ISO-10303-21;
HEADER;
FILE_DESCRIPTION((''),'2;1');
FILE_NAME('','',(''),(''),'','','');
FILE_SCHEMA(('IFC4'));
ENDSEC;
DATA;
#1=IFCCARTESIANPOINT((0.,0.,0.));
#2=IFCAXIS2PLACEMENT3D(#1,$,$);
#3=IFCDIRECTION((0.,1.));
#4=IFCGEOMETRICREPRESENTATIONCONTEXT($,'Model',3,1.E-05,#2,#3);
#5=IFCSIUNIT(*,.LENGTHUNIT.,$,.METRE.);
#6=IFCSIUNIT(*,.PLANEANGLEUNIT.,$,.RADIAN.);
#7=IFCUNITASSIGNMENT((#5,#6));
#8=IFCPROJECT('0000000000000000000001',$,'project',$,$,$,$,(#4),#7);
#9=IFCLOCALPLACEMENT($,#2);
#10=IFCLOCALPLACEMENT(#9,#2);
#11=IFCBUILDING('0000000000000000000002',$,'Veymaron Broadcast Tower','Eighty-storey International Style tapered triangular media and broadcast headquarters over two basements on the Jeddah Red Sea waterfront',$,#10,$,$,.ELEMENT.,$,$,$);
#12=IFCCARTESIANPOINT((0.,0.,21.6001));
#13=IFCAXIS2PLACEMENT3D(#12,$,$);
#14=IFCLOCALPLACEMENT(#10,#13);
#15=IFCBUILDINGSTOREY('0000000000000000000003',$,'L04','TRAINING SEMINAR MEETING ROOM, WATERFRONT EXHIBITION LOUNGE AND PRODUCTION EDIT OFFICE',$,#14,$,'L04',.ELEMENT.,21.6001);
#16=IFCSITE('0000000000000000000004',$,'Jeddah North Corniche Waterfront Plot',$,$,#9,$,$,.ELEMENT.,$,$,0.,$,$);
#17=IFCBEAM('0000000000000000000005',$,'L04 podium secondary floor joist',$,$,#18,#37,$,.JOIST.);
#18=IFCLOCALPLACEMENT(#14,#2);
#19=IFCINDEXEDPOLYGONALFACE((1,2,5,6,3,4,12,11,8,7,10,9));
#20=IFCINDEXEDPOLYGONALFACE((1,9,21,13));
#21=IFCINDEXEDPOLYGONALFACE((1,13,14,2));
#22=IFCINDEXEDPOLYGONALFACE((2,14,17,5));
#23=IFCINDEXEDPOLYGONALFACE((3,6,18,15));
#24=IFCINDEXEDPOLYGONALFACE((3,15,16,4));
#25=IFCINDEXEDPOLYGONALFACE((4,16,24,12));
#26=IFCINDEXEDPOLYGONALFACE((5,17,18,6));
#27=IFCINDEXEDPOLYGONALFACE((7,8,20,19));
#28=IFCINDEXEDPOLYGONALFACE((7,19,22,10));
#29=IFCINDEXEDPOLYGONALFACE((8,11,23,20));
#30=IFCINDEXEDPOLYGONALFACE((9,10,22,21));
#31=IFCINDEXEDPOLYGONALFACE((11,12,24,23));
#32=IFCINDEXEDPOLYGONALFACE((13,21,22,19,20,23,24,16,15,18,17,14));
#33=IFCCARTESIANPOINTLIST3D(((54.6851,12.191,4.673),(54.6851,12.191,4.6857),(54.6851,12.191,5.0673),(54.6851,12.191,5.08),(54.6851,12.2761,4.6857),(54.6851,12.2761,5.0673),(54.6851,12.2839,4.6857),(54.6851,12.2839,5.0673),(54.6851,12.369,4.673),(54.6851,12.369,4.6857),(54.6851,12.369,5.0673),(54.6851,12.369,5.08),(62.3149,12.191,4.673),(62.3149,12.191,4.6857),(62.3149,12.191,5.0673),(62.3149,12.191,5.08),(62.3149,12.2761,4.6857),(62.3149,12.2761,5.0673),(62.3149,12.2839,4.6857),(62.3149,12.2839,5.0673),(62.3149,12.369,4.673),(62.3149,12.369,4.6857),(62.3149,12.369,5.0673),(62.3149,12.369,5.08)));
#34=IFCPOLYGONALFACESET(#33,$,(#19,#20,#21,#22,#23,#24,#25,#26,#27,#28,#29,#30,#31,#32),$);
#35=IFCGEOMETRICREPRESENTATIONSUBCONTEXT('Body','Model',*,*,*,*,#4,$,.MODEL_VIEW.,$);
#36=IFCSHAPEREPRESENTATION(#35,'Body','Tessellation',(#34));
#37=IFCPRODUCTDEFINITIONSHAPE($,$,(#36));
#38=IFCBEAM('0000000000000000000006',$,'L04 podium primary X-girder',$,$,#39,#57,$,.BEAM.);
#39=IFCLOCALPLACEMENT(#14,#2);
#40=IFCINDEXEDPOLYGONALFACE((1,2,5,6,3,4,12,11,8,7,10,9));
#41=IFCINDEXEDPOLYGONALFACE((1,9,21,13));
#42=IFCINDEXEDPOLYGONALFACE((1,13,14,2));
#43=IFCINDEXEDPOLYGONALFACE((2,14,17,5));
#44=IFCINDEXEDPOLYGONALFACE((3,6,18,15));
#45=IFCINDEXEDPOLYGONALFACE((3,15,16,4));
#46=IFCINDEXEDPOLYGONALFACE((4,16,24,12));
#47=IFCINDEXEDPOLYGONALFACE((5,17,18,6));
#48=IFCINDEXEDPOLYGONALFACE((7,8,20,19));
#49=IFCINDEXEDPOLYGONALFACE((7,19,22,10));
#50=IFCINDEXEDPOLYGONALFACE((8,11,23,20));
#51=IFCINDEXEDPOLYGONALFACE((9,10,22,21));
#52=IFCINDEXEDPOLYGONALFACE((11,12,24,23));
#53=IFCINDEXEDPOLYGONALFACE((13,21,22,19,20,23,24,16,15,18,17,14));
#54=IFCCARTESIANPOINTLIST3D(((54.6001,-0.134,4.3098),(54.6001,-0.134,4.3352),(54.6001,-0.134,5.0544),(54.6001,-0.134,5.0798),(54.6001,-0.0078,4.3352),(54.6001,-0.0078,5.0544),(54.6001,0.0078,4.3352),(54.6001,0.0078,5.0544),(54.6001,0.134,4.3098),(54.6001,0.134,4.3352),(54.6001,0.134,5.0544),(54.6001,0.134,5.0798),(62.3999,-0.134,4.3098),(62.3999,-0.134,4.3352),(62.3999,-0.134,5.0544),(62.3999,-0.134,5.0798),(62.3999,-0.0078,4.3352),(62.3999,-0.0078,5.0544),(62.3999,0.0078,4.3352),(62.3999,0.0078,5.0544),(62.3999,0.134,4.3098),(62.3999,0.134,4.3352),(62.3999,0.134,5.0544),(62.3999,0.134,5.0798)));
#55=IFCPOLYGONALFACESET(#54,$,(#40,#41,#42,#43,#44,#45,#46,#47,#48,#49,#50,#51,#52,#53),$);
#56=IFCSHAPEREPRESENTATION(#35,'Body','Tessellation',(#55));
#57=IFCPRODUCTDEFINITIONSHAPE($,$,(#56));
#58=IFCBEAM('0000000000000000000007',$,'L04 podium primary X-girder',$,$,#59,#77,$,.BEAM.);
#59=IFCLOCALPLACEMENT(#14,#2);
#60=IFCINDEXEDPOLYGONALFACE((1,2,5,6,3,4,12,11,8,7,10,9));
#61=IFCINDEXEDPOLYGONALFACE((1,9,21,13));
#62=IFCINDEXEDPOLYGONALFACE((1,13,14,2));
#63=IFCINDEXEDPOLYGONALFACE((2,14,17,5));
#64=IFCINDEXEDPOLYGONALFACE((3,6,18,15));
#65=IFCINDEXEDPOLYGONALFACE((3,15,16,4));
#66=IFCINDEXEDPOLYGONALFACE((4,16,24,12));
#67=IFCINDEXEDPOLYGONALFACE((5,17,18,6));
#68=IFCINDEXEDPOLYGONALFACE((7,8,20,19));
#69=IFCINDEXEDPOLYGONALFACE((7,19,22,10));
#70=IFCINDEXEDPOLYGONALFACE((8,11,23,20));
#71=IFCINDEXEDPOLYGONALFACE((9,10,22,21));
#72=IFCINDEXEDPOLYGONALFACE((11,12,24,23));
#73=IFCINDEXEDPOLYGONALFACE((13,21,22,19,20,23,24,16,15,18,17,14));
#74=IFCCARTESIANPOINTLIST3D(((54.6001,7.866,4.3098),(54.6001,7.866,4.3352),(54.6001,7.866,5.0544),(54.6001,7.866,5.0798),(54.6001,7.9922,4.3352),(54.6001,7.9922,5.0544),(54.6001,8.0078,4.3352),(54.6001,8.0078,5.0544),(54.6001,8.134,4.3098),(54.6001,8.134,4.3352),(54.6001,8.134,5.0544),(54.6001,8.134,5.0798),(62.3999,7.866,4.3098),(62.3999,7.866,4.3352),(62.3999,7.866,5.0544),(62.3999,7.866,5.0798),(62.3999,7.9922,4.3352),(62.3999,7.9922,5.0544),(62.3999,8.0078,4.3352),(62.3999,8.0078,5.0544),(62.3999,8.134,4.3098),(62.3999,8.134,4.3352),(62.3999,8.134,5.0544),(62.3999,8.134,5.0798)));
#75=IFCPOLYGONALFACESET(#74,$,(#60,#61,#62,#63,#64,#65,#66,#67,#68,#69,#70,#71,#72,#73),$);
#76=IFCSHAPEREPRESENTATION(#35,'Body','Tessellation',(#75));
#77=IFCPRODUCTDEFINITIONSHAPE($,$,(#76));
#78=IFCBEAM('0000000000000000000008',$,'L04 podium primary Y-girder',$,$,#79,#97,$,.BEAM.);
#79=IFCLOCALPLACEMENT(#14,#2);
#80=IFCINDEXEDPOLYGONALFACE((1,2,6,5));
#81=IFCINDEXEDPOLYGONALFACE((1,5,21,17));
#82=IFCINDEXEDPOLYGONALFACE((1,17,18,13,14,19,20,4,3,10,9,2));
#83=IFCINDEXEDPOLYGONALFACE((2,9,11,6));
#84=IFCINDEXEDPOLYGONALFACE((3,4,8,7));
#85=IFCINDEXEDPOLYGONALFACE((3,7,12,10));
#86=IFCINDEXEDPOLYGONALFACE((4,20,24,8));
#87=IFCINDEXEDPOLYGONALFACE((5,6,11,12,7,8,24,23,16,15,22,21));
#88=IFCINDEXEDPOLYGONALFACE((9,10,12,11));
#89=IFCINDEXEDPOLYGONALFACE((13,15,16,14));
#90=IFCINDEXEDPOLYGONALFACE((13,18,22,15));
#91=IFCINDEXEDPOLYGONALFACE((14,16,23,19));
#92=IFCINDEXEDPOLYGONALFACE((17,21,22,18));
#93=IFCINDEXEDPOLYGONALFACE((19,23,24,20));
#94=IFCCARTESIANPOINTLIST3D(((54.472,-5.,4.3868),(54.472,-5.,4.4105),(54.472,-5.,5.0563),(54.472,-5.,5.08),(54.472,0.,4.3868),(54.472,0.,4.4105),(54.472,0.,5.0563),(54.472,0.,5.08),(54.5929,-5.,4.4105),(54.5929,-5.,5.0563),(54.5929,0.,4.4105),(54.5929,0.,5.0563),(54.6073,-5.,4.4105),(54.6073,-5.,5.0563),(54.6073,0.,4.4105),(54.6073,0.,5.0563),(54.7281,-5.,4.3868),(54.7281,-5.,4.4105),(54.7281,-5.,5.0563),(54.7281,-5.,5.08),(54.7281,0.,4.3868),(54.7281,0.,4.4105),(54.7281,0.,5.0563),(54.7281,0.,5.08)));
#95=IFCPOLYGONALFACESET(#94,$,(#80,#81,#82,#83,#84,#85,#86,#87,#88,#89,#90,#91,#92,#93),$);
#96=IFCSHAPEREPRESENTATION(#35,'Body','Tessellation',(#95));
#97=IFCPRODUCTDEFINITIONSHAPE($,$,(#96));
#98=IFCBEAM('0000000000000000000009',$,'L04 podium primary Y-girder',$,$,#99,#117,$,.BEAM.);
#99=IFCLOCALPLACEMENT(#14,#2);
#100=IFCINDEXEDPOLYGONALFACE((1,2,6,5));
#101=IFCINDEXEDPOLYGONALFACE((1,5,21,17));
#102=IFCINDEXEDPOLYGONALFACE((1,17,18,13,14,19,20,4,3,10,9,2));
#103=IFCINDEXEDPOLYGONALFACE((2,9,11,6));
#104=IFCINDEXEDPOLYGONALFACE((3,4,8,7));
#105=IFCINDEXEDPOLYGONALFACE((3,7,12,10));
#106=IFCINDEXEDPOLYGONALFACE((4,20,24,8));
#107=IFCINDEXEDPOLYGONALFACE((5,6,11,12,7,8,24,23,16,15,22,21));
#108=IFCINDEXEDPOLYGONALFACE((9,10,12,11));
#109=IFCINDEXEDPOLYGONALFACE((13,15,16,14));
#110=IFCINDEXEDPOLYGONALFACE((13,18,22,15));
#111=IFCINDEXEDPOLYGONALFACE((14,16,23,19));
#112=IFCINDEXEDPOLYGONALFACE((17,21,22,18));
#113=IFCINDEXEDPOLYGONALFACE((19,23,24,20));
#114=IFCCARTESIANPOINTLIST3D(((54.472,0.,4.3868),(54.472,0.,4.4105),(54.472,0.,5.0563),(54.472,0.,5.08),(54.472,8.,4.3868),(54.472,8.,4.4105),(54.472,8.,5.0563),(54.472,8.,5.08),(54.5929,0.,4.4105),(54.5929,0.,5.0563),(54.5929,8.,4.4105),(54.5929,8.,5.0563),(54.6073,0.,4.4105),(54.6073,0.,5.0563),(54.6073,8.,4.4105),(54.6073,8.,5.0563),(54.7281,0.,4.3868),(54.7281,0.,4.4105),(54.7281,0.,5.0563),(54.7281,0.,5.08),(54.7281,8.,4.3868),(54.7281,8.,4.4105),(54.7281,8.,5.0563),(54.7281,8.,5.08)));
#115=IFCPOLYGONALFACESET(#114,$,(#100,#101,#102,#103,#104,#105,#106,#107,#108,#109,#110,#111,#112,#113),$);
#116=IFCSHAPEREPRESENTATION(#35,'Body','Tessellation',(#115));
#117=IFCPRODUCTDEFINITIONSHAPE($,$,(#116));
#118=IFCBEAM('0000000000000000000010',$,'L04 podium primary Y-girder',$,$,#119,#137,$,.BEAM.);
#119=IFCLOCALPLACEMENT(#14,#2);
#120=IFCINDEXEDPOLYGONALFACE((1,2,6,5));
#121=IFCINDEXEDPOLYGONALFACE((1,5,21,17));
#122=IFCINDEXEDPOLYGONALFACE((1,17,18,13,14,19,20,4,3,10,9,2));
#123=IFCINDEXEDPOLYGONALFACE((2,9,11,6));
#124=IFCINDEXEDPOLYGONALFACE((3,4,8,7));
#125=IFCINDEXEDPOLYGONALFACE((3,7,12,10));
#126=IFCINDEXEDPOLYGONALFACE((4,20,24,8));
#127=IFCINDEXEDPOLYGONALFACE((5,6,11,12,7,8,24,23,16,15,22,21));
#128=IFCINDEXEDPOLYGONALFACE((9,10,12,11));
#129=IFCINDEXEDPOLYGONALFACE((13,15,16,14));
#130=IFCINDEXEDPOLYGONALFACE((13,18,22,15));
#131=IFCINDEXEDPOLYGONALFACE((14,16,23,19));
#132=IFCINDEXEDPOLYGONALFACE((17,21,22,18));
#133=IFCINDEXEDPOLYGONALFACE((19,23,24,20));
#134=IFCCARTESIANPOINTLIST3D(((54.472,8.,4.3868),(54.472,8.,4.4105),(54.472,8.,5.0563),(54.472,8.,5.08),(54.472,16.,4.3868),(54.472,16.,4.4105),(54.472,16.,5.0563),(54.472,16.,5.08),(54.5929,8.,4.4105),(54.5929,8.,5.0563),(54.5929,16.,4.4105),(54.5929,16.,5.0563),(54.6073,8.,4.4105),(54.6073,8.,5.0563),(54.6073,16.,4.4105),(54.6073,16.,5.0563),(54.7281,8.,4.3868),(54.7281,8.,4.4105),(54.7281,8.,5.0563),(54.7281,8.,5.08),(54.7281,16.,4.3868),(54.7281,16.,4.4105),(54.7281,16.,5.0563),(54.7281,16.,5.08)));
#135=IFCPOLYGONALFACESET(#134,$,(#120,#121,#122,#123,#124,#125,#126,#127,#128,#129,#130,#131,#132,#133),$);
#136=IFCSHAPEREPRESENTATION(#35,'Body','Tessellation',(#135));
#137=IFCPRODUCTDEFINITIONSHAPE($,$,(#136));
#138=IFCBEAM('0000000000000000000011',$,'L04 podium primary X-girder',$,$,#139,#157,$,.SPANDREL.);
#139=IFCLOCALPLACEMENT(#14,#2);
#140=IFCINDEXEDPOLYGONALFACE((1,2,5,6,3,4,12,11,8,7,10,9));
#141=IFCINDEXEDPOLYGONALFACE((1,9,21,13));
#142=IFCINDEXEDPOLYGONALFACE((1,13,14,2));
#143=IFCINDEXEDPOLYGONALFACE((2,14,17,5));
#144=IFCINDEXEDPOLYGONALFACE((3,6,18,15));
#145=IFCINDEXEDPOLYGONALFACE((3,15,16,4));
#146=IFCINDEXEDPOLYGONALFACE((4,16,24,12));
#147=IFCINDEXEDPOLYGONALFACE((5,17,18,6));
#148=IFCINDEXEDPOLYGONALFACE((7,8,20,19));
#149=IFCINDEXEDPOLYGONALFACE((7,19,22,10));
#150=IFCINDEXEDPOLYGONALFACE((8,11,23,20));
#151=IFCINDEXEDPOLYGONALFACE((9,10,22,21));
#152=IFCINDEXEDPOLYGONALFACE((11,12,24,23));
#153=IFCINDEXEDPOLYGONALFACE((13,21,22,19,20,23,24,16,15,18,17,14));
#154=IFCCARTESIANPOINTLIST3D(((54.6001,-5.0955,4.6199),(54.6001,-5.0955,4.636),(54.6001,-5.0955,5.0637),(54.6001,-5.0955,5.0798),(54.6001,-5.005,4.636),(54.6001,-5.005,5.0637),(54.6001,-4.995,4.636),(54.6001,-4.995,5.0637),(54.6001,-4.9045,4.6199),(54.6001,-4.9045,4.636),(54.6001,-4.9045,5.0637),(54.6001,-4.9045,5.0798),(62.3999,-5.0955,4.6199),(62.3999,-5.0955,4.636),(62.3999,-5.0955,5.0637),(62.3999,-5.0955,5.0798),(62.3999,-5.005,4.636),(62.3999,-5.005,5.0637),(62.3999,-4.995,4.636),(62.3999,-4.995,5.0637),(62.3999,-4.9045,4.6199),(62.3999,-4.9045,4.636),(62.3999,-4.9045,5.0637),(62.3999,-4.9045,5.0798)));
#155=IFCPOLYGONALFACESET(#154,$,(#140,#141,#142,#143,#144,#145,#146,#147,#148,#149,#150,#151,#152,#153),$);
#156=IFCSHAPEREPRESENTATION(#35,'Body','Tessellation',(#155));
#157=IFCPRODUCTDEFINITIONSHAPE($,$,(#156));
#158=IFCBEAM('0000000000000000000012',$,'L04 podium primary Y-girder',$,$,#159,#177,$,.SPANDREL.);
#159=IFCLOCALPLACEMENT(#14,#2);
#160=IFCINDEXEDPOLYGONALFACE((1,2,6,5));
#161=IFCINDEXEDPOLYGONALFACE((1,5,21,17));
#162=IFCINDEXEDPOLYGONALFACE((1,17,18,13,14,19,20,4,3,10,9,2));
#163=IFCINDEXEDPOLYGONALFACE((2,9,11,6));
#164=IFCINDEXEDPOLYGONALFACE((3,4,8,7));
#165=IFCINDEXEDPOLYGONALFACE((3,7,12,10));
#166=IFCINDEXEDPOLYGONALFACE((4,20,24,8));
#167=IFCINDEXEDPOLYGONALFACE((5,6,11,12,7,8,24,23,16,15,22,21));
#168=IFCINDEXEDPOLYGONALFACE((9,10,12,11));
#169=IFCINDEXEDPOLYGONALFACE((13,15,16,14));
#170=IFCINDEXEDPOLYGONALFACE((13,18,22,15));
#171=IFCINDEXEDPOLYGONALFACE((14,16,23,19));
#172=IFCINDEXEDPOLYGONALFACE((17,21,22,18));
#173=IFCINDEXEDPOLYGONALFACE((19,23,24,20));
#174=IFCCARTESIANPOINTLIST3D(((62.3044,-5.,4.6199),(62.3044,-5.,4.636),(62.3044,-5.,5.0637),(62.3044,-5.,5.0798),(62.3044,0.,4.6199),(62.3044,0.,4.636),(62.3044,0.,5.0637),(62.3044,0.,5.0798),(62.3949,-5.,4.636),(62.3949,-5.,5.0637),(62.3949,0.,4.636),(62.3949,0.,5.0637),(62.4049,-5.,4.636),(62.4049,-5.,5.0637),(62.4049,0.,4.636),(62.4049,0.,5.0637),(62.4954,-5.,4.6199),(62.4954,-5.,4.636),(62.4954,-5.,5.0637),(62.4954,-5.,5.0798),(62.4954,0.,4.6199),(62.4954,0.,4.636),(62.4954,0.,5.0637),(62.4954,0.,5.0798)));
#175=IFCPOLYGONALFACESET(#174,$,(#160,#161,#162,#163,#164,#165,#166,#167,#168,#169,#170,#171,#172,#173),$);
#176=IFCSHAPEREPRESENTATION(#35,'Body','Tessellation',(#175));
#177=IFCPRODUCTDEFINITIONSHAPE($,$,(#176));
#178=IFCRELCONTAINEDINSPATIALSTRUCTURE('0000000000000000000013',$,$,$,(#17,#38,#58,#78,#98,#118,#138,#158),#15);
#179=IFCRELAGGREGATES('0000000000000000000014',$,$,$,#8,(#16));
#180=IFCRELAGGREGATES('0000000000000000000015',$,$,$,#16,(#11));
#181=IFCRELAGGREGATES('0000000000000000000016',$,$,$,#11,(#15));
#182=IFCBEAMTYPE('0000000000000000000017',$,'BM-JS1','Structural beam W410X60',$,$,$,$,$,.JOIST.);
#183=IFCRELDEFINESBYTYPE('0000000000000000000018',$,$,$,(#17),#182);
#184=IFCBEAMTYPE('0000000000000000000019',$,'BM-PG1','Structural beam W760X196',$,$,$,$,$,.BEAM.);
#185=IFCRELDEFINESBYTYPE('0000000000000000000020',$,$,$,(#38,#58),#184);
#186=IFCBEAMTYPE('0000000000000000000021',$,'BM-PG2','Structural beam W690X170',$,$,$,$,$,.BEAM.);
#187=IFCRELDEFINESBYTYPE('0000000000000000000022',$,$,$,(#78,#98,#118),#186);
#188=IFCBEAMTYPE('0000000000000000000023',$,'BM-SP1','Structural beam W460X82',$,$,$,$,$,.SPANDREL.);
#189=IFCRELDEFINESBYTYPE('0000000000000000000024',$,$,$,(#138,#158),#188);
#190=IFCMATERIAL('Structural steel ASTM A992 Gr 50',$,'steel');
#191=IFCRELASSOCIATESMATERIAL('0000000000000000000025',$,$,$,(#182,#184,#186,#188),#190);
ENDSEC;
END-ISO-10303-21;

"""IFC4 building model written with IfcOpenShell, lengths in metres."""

from ifc_helpers import new_model, si_unit, direction, frame, origin, origin_2d, place, context, subcontext, project, spatial, i_section, extrude, material, material_profile, profile_set, type_object, element, save


model = new_model("IFC4")

# Units and contexts
model_context = context("Model", 3, precision=1e-05, world=origin(), true_north=direction((0.0, 1.0)))
body_context = subcontext(model_context, "Body", "Model", "MODEL_VIEW")
ifc_project = project(units=[si_unit("LENGTHUNIT", "METRE"), si_unit("PLANEANGLEUNIT", "RADIAN")], contexts=[model_context])

# Site, building, storey
site_placement = place(None, origin())
site = spatial("IfcSite", under=ifc_project, at=site_placement, Name="Jeddah North Corniche Waterfront Plot", CompositionType="ELEMENT", RefElevation=0.0)
building_placement = place(site_placement, origin())
building = spatial("IfcBuilding", under=site, at=building_placement, Name="Veymaron Broadcast Tower", Description="Eighty-storey International Style tapered triangular media and broadcast headquarters over two basements on the Jeddah Red Sea waterfront", CompositionType="ELEMENT")
storey_placement = place(building_placement, frame((0.0, 0.0, 21.6001)))
storey = spatial("IfcBuildingStorey", under=building, at=storey_placement, Name="L04", Description="TRAINING SEMINAR MEETING ROOM, WATERFRONT EXHIBITION LOUNGE AND PRODUCTION EDIT OFFICE", LongName="L04", CompositionType="ELEMENT", Elevation=21.6001)

# Beams
ifc_material_1 = material(Name="Structural steel ASTM A992 Gr 50", Category="steel")
ifc_material_profile_1 = material_profile(ifc_material_1, i_section(OverallWidth=0.178, OverallDepth=0.407, WebThickness=0.0078, FlangeThickness=0.0127, at=origin_2d()), Name="W410X60")
ifc_profile_set_1 = profile_set([ifc_material_profile_1], Name="Structural steel ASTM A992 Gr 50")
beam_type_1 = type_object("IfcBeamType", Name="BM-JS1", Description="Structural beam W410X60", PredefinedType="JOIST", material=ifc_profile_set_1)
for number, where, z_axis, x_axis, name in (
    (1, (54.6851, 12.28, 4.8765), (1.0, 0.0, 0.0), (0.0, 1.0, 0.0), "L04 podium secondary floor joist"),
):
    element("IfcBeam", number, at=place(storey_placement, frame(where, z_axis=z_axis, x_axis=x_axis)), inside=storey, type_object=beam_type_1, Name=name, PredefinedType="JOIST", context=body_context, shape_type="SweptSolid", body=[
        extrude(i_section(OverallWidth=0.178, OverallDepth=0.407, WebThickness=0.0078, FlangeThickness=0.0127, at=origin_2d()), origin(), (0.0, 0.0, 1.0), 7.6299),
    ])
ifc_material_profile_2 = material_profile(ifc_material_1, i_section(OverallWidth=0.2681, OverallDepth=0.77, WebThickness=0.0156, FlangeThickness=0.0254, at=origin_2d()), Name="W760X196")
ifc_profile_set_2 = profile_set([ifc_material_profile_2], Name="Structural steel ASTM A992 Gr 50")
beam_type_2 = type_object("IfcBeamType", Name="BM-PG1", Description="Structural beam W760X196", PredefinedType="BEAM", material=ifc_profile_set_2)
for number, where, z_axis, x_axis, name in (
    (2, (54.6001, 0.0, 4.6948), (1.0, 0.0, 0.0), (0.0, 1.0, 0.0), "L04 podium primary X-girder"),
    (3, (54.6001, 8.0, 4.6948), (1.0, 0.0, 0.0), (0.0, 1.0, 0.0), "L04 podium primary X-girder"),
):
    element("IfcBeam", number, at=place(storey_placement, frame(where, z_axis=z_axis, x_axis=x_axis)), inside=storey, type_object=beam_type_2, Name=name, PredefinedType="BEAM", context=body_context, shape_type="SweptSolid", body=[
        extrude(i_section(OverallWidth=0.2681, OverallDepth=0.77, WebThickness=0.0156, FlangeThickness=0.0254, at=origin_2d()), origin(), (0.0, 0.0, 1.0), 7.7998),
    ])
ifc_material_profile_3 = material_profile(ifc_material_1, i_section(OverallWidth=0.2561, OverallDepth=0.6931, WebThickness=0.0144, FlangeThickness=0.0237, at=origin_2d()), Name="W690X170")
ifc_profile_set_3 = profile_set([ifc_material_profile_3], Name="Structural steel ASTM A992 Gr 50")
beam_type_3 = type_object("IfcBeamType", Name="BM-PG2", Description="Structural beam W690X170", PredefinedType="BEAM", material=ifc_profile_set_3)
beam_1_placement = place(storey_placement, frame((54.6001, -5.0, 4.7334), z_axis=(0.0, 1.0, 0.0), x_axis=(-1.0, 0.0, 0.0)))
element("IfcBeam", 4, at=beam_1_placement, inside=storey, type_object=beam_type_3, Name="L04 podium primary Y-girder", PredefinedType="BEAM", context=body_context, shape_type="SweptSolid", body=[
    extrude(i_section(OverallWidth=0.2561, OverallDepth=0.6931, WebThickness=0.0144, FlangeThickness=0.0237, at=origin_2d()), origin(), (0.0, 0.0, 1.0), 5.0),
])
for number, where, z_axis, x_axis, name in (
    (5, (54.6001, 0.0, 4.7334), (0.0, 1.0, 0.0), (-1.0, 0.0, 0.0), "L04 podium primary Y-girder"),
    (6, (54.6001, 8.0, 4.7334), (0.0, 1.0, 0.0), (-1.0, 0.0, 0.0), "L04 podium primary Y-girder"),
):
    element("IfcBeam", number, at=place(storey_placement, frame(where, z_axis=z_axis, x_axis=x_axis)), inside=storey, type_object=beam_type_3, Name=name, PredefinedType="BEAM", context=body_context, shape_type="SweptSolid", body=[
        extrude(i_section(OverallWidth=0.2561, OverallDepth=0.6931, WebThickness=0.0144, FlangeThickness=0.0237, at=origin_2d()), origin(), (0.0, 0.0, 1.0), 8.0),
    ])
ifc_material_profile_4 = material_profile(ifc_material_1, i_section(OverallWidth=0.1909, OverallDepth=0.46, WebThickness=0.01, FlangeThickness=0.0161, at=origin_2d()), Name="W460X82")
ifc_profile_set_4 = profile_set([ifc_material_profile_4], Name="Structural steel ASTM A992 Gr 50")
beam_type_4 = type_object("IfcBeamType", Name="BM-SP1", Description="Structural beam W460X82", PredefinedType="SPANDREL", material=ifc_profile_set_4)
beam_2_placement = place(storey_placement, frame((54.6001, -5.0, 4.8499), z_axis=(1.0, 0.0, 0.0), x_axis=(0.0, 1.0, 0.0)))
element("IfcBeam", 7, at=beam_2_placement, inside=storey, type_object=beam_type_4, Name="L04 podium primary X-girder", PredefinedType="SPANDREL", context=body_context, shape_type="SweptSolid", body=[
    extrude(i_section(OverallWidth=0.1909, OverallDepth=0.46, WebThickness=0.01, FlangeThickness=0.0161, at=origin_2d()), origin(), (0.0, 0.0, 1.0), 7.7998),
])
beam_3_placement = place(storey_placement, frame((62.3999, -5.0, 4.8499), z_axis=(0.0, 1.0, 0.0), x_axis=(-1.0, 0.0, 0.0)))
element("IfcBeam", 8, at=beam_3_placement, inside=storey, type_object=beam_type_4, Name="L04 podium primary Y-girder", PredefinedType="SPANDREL", context=body_context, shape_type="SweptSolid", body=[
    extrude(i_section(OverallWidth=0.1909, OverallDepth=0.46, WebThickness=0.01, FlangeThickness=0.0161, at=origin_2d()), origin(), (0.0, 0.0, 1.0), 5.0),
])

save(model, "model.ifc")
